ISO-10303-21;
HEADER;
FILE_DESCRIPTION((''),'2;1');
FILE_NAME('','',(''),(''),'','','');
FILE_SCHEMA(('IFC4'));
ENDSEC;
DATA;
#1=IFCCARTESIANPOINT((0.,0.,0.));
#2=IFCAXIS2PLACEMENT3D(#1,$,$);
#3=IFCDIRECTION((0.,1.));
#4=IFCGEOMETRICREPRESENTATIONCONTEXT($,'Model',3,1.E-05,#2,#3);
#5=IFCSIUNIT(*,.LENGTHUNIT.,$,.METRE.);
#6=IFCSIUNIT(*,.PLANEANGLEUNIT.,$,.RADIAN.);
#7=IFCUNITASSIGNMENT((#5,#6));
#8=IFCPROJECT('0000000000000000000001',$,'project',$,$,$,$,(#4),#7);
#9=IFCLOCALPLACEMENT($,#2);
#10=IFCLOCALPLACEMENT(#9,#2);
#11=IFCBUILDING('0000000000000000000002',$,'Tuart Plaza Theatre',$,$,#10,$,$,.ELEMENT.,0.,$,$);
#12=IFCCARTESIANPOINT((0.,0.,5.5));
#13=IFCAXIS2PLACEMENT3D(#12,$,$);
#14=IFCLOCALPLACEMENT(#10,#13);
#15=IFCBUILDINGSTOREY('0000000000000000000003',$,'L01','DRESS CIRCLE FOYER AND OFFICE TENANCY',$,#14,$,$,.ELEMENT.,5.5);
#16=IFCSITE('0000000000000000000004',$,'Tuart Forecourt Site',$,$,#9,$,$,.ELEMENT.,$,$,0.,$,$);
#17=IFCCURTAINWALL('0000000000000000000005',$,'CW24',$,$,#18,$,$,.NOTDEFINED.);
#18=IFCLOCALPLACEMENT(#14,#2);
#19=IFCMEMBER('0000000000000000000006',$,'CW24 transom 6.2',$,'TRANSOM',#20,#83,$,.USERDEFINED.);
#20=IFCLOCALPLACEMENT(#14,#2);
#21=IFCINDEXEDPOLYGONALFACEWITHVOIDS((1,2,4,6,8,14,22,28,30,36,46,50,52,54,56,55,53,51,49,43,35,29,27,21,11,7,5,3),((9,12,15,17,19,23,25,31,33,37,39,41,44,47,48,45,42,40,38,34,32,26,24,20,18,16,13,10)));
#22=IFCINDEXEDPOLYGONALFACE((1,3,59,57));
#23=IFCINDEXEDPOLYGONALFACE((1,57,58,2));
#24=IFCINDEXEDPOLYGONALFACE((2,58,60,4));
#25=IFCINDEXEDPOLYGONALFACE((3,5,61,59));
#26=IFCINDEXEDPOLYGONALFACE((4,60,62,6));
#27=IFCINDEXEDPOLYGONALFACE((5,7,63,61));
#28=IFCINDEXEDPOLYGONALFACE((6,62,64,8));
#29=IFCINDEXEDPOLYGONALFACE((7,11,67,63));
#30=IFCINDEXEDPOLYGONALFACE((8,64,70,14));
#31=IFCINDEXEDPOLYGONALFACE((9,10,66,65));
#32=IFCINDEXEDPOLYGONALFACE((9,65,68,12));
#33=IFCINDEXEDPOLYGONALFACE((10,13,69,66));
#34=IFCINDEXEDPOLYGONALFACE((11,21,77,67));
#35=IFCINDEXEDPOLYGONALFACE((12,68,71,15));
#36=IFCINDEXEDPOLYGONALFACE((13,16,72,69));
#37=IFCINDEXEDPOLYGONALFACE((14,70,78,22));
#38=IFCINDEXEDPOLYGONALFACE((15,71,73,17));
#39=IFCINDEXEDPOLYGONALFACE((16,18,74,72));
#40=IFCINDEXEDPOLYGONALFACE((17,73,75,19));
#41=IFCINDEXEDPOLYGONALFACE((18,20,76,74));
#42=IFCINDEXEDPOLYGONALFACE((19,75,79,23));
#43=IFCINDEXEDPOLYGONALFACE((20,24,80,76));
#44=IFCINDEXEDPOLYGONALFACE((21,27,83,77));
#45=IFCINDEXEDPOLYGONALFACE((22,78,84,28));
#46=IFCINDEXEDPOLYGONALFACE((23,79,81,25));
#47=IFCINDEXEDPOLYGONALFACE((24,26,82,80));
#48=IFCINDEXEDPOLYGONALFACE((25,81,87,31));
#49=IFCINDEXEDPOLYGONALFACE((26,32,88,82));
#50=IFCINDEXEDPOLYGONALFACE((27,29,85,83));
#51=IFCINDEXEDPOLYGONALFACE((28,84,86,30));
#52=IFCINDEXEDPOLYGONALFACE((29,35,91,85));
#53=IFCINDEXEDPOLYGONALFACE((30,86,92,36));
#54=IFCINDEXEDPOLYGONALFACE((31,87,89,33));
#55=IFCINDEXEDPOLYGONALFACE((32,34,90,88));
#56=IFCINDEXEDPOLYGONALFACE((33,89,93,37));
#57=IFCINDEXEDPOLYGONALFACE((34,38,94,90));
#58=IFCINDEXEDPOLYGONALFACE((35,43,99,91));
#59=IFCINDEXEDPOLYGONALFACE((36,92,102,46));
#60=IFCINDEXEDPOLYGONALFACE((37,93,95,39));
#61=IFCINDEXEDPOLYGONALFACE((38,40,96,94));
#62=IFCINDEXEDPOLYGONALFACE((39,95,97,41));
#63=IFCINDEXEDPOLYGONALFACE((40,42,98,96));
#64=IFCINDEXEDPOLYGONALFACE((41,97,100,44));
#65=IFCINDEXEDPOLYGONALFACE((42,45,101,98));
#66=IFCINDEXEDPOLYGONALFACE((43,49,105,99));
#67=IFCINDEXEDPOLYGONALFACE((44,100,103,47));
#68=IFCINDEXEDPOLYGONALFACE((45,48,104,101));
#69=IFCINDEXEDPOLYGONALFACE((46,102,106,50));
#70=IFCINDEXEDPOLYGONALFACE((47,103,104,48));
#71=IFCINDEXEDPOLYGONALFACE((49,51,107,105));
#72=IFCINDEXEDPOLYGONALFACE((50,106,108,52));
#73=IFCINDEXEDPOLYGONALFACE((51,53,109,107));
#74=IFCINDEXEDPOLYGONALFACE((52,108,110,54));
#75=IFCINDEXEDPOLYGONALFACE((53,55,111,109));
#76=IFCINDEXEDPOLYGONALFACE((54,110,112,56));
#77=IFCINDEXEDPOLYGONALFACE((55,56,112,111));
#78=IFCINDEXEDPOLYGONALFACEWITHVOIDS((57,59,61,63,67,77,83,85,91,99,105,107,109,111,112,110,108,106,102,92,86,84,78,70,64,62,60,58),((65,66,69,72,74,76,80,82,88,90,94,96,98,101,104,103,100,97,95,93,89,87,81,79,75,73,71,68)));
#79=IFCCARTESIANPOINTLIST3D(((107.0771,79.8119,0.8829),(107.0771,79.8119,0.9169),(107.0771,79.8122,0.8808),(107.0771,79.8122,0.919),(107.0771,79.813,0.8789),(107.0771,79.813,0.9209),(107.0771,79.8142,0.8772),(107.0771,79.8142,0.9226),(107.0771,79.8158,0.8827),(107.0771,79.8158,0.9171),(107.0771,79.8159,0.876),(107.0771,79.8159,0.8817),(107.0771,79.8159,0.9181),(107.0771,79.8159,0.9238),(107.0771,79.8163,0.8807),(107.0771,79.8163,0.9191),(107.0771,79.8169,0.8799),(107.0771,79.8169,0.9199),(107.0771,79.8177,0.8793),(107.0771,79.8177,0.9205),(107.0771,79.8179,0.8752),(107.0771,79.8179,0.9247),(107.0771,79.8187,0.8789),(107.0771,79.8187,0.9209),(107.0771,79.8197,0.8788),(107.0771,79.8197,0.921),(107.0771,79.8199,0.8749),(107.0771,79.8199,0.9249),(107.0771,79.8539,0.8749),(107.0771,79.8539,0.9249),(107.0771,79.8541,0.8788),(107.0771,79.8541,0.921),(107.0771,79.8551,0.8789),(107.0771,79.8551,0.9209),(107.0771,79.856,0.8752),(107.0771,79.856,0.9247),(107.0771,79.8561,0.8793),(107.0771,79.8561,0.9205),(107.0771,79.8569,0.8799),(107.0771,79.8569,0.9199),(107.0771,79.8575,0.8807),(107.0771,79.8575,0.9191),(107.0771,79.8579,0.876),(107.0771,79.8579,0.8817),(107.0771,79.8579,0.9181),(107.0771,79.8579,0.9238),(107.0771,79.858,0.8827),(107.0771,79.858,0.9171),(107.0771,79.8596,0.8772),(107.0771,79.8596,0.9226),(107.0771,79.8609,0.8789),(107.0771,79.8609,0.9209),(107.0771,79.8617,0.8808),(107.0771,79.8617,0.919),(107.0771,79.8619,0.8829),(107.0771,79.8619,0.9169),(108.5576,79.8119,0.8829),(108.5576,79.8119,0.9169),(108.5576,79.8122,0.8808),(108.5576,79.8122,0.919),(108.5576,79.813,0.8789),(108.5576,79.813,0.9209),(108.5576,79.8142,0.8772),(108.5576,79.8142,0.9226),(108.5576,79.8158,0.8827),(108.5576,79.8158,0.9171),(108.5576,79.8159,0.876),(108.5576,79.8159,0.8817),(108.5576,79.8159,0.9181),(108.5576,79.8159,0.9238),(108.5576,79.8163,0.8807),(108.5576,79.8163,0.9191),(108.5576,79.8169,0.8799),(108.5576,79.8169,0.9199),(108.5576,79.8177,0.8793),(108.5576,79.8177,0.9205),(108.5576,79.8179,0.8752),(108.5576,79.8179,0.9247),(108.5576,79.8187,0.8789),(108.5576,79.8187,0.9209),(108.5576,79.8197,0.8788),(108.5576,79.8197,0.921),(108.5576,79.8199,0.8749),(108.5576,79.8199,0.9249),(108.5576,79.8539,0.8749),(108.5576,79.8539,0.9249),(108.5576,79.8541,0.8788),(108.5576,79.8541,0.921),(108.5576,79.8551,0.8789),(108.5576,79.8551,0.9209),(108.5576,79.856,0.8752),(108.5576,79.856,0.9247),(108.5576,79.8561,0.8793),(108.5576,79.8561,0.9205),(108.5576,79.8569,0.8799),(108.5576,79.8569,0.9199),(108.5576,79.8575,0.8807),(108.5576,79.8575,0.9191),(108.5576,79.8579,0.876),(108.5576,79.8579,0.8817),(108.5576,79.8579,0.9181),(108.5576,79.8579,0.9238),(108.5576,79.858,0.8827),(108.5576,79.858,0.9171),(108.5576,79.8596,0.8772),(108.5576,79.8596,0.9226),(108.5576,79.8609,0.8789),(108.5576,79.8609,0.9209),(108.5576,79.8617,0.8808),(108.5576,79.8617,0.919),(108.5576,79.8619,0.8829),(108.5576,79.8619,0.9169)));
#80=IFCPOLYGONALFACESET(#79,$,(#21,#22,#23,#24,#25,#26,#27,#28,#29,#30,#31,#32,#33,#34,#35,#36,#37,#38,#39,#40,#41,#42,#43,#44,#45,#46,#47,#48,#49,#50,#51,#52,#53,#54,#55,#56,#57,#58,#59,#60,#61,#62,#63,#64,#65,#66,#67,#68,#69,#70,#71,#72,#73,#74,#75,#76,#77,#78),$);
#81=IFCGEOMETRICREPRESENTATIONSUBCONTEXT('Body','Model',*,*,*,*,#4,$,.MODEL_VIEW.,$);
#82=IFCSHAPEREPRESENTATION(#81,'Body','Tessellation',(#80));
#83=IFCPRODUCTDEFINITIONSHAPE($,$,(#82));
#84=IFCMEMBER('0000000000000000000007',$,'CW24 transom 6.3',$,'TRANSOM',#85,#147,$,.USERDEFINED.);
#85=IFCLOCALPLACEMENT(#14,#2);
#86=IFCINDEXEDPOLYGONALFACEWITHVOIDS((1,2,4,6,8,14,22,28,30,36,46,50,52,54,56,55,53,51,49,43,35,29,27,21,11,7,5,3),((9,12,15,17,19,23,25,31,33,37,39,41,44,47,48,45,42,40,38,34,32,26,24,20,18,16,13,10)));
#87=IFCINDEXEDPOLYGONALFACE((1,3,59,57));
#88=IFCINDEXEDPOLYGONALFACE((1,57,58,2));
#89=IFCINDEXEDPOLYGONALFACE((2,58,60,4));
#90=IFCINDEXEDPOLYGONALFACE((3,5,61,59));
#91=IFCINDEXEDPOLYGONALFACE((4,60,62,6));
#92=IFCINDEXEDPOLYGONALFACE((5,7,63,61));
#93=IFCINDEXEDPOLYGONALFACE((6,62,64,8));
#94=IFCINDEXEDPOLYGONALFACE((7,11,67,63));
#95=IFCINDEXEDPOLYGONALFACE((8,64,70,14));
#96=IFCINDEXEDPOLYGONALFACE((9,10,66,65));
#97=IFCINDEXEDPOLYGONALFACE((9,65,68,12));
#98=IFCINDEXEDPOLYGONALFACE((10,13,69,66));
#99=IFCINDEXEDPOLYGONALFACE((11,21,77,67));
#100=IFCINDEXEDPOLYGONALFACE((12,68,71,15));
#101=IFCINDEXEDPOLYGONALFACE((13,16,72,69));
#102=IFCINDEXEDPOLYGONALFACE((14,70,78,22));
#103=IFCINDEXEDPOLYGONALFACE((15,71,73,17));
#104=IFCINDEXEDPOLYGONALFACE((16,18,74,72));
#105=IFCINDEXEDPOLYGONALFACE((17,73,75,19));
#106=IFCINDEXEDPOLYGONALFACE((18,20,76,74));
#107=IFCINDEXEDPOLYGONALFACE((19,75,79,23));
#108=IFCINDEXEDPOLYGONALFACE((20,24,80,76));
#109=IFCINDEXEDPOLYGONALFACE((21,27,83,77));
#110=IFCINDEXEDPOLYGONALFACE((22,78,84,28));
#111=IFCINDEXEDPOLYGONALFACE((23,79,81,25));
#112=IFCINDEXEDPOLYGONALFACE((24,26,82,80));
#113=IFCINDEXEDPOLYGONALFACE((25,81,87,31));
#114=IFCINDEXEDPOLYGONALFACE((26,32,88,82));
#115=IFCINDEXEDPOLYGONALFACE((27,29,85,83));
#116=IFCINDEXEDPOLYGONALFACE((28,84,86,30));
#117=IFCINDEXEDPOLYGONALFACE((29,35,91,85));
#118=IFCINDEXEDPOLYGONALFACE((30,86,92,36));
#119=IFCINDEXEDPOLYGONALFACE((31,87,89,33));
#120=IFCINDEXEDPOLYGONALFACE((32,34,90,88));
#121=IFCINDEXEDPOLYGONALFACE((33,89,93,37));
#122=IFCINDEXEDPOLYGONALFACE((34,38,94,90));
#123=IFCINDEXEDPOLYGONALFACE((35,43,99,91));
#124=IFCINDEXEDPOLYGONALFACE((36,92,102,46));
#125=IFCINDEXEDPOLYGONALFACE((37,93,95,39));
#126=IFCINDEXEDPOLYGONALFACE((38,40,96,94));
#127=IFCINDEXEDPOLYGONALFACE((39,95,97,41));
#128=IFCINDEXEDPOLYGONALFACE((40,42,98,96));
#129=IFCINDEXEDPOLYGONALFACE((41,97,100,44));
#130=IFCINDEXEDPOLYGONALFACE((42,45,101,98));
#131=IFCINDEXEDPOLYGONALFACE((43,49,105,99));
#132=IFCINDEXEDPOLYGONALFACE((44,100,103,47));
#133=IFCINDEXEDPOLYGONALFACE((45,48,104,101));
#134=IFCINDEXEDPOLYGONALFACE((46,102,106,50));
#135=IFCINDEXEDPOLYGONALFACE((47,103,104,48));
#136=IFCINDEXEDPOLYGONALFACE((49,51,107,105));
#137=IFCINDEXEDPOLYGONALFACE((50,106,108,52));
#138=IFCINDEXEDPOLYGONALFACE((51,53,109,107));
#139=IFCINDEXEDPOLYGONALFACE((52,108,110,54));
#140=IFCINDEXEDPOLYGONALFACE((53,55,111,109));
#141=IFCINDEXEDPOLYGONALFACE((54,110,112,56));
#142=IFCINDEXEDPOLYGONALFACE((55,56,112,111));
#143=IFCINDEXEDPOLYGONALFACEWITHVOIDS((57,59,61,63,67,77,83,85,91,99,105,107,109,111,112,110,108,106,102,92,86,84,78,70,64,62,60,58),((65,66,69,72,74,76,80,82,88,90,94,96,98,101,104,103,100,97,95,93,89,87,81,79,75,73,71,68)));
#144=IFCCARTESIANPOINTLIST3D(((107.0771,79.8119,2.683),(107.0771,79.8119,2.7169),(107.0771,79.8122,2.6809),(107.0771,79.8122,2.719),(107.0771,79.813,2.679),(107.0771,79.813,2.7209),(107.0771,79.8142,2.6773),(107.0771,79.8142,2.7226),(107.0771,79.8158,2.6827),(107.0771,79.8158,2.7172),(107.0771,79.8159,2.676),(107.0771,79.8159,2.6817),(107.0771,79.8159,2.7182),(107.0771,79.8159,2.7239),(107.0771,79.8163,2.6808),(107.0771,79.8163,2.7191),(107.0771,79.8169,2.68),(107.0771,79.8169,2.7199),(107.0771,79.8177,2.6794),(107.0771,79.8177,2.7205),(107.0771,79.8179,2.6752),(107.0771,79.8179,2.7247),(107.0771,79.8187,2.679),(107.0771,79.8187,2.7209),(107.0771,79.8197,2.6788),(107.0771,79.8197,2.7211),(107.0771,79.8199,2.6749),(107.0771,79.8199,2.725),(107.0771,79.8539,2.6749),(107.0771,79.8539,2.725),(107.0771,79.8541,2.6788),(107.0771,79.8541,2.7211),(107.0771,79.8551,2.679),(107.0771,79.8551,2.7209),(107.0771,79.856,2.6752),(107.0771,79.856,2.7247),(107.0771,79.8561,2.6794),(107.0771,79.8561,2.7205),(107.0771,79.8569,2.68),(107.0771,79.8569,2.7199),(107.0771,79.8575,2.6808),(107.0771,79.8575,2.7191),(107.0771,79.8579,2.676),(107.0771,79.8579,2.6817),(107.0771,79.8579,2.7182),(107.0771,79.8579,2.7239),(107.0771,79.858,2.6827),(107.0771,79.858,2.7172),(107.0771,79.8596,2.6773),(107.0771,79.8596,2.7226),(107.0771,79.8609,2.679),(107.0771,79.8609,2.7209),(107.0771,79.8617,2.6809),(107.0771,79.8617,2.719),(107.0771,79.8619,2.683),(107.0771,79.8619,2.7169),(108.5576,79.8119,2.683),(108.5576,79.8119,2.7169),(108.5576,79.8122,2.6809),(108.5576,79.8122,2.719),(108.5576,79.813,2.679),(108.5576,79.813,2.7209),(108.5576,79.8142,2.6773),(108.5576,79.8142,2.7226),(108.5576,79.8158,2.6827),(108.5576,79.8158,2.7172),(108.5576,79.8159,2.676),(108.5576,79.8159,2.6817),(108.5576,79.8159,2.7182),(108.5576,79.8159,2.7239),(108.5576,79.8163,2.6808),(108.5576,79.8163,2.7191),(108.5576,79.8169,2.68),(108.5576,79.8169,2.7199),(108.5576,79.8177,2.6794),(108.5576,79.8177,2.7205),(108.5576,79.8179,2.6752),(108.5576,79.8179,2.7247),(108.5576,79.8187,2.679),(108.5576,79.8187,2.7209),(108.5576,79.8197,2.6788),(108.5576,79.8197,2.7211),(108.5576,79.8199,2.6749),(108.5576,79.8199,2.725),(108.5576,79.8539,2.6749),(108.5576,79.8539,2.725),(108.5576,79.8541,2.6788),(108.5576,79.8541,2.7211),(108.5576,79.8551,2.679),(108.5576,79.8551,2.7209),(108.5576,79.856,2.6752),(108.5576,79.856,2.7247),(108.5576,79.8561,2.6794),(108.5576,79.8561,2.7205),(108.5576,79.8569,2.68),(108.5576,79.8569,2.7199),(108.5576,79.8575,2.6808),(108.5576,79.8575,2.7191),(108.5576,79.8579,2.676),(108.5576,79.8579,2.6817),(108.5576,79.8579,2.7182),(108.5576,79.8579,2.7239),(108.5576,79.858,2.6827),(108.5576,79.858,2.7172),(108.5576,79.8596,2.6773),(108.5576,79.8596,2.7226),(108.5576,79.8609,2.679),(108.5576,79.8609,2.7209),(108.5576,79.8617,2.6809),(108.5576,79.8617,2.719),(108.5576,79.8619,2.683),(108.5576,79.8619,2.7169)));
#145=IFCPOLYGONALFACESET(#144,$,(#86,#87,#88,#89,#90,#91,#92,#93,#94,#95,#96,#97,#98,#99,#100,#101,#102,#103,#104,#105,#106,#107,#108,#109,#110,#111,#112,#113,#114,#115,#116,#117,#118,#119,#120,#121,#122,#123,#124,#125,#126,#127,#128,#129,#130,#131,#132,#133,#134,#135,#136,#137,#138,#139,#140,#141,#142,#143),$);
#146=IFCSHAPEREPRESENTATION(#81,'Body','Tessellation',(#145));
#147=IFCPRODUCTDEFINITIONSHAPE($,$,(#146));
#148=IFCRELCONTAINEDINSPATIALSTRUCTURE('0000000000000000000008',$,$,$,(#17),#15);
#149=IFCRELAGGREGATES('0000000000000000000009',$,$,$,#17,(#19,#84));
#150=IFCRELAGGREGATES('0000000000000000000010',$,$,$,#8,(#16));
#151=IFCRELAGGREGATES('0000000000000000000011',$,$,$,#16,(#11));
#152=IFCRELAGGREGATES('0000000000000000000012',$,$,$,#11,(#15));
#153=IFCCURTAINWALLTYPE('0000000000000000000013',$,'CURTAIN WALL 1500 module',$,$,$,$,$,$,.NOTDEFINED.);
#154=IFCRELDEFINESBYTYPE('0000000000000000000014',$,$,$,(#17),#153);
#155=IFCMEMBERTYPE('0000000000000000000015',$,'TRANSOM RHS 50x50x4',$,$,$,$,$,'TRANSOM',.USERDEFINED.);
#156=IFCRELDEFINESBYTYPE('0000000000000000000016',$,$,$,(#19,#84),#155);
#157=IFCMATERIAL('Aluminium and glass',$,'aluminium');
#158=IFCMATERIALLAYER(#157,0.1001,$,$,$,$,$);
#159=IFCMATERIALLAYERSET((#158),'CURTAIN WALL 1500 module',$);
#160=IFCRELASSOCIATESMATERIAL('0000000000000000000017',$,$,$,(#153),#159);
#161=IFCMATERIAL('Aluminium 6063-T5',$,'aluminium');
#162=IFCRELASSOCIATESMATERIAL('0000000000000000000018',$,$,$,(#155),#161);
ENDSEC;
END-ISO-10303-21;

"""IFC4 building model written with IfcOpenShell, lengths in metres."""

from ifc_helpers import new_model, si_unit, direction, frame, origin, origin_2d, place, context, subcontext, project, spatial, hollow_rectangle, extrude, material, layer, layer_set, material_profile, profile_set, type_object, element, aggregate, save


model = new_model("IFC4")

# Units and contexts
model_context = context("Model", 3, precision=1e-05, world=origin(), true_north=direction((0.0, 1.0)))
body_context = subcontext(model_context, "Body", "Model", "MODEL_VIEW")
ifc_project = project(units=[si_unit("LENGTHUNIT", "METRE"), si_unit("PLANEANGLEUNIT", "RADIAN")], contexts=[model_context])

# Site, building, storey
site_placement = place(None, origin())
site = spatial("IfcSite", under=ifc_project, at=site_placement, Name="Tuart Forecourt Site", CompositionType="ELEMENT", RefElevation=0.0)
building_placement = place(site_placement, origin())
building = spatial("IfcBuilding", under=site, at=building_placement, Name="Tuart Plaza Theatre", CompositionType="ELEMENT", ElevationOfRefHeight=0.0)
storey_placement = place(building_placement, frame((0.0, 0.0, 5.5)))
storey = spatial("IfcBuildingStorey", under=building, at=storey_placement, Name="L01", Description="DRESS CIRCLE FOYER AND OFFICE TENANCY", CompositionType="ELEMENT", Elevation=5.5)

# Curtain wall, members
ifc_material_1 = material(Name="Aluminium and glass", Category="aluminium")
ifc_layer_1 = layer(ifc_material_1, 0.1001)
ifc_layer_set_1 = layer_set([ifc_layer_1], Name="CURTAIN WALL 1500 module")
curtain_wall_type = type_object("IfcCurtainWallType", Name="CURTAIN WALL 1500 module", PredefinedType="NOTDEFINED", material=ifc_layer_set_1)
curtain_wall_placement = place(storey_placement, origin())
curtain_wall = element("IfcCurtainWall", 1, at=curtain_wall_placement, inside=storey, type_object=curtain_wall_type, Name="CW24", PredefinedType="NOTDEFINED")
ifc_material_2 = material(Name="Aluminium 6063-T5", Category="aluminium")
ifc_material_profile_1 = material_profile(ifc_material_2, hollow_rectangle(XDim=0.05, YDim=0.05, WallThickness=0.0039, InnerFilletRadius=0.0039, OuterFilletRadius=0.0081, at=origin_2d()), Name="RHS 50x50x4")
ifc_profile_set_1 = profile_set([ifc_material_profile_1], Name="Aluminium 6063-T5")
member_type_1 = type_object("IfcMemberType", Name="TRANSOM RHS 50x50x4", ElementType="TRANSOM", PredefinedType="USERDEFINED", material=ifc_profile_set_1)
member_1_placement = place(storey_placement, frame((107.0771, 79.8369, 0.8999), z_axis=(1.0, 0.0, 0.0), x_axis=(0.0, 1.0, 0.0)))
member_1 = element("IfcMember", 2, at=member_1_placement, type_object=member_type_1, Name="CW24 transom 6.2", ObjectType="TRANSOM", PredefinedType="USERDEFINED", context=body_context, shape_type="SweptSolid", body=[
    extrude(hollow_rectangle(XDim=0.05, YDim=0.05, WallThickness=0.0039, InnerFilletRadius=0.0039, OuterFilletRadius=0.0081, at=origin_2d()), origin(), (0.0, 0.0, 1.0), 1.4805),
])
member_2_placement = place(storey_placement, frame((107.0771, 79.8369, 2.7), z_axis=(1.0, 0.0, 0.0), x_axis=(0.0, 1.0, 0.0)))
member_2 = element("IfcMember", 3, at=member_2_placement, type_object=member_type_1, Name="CW24 transom 6.3", ObjectType="TRANSOM", PredefinedType="USERDEFINED", context=body_context, shape_type="SweptSolid", body=[
    extrude(hollow_rectangle(XDim=0.05, YDim=0.05, WallThickness=0.0039, InnerFilletRadius=0.0039, OuterFilletRadius=0.0081, at=origin_2d()), origin(), (0.0, 0.0, 1.0), 1.4805),
])
aggregate(curtain_wall, [member_1, member_2])

save(model, "model.ifc")
